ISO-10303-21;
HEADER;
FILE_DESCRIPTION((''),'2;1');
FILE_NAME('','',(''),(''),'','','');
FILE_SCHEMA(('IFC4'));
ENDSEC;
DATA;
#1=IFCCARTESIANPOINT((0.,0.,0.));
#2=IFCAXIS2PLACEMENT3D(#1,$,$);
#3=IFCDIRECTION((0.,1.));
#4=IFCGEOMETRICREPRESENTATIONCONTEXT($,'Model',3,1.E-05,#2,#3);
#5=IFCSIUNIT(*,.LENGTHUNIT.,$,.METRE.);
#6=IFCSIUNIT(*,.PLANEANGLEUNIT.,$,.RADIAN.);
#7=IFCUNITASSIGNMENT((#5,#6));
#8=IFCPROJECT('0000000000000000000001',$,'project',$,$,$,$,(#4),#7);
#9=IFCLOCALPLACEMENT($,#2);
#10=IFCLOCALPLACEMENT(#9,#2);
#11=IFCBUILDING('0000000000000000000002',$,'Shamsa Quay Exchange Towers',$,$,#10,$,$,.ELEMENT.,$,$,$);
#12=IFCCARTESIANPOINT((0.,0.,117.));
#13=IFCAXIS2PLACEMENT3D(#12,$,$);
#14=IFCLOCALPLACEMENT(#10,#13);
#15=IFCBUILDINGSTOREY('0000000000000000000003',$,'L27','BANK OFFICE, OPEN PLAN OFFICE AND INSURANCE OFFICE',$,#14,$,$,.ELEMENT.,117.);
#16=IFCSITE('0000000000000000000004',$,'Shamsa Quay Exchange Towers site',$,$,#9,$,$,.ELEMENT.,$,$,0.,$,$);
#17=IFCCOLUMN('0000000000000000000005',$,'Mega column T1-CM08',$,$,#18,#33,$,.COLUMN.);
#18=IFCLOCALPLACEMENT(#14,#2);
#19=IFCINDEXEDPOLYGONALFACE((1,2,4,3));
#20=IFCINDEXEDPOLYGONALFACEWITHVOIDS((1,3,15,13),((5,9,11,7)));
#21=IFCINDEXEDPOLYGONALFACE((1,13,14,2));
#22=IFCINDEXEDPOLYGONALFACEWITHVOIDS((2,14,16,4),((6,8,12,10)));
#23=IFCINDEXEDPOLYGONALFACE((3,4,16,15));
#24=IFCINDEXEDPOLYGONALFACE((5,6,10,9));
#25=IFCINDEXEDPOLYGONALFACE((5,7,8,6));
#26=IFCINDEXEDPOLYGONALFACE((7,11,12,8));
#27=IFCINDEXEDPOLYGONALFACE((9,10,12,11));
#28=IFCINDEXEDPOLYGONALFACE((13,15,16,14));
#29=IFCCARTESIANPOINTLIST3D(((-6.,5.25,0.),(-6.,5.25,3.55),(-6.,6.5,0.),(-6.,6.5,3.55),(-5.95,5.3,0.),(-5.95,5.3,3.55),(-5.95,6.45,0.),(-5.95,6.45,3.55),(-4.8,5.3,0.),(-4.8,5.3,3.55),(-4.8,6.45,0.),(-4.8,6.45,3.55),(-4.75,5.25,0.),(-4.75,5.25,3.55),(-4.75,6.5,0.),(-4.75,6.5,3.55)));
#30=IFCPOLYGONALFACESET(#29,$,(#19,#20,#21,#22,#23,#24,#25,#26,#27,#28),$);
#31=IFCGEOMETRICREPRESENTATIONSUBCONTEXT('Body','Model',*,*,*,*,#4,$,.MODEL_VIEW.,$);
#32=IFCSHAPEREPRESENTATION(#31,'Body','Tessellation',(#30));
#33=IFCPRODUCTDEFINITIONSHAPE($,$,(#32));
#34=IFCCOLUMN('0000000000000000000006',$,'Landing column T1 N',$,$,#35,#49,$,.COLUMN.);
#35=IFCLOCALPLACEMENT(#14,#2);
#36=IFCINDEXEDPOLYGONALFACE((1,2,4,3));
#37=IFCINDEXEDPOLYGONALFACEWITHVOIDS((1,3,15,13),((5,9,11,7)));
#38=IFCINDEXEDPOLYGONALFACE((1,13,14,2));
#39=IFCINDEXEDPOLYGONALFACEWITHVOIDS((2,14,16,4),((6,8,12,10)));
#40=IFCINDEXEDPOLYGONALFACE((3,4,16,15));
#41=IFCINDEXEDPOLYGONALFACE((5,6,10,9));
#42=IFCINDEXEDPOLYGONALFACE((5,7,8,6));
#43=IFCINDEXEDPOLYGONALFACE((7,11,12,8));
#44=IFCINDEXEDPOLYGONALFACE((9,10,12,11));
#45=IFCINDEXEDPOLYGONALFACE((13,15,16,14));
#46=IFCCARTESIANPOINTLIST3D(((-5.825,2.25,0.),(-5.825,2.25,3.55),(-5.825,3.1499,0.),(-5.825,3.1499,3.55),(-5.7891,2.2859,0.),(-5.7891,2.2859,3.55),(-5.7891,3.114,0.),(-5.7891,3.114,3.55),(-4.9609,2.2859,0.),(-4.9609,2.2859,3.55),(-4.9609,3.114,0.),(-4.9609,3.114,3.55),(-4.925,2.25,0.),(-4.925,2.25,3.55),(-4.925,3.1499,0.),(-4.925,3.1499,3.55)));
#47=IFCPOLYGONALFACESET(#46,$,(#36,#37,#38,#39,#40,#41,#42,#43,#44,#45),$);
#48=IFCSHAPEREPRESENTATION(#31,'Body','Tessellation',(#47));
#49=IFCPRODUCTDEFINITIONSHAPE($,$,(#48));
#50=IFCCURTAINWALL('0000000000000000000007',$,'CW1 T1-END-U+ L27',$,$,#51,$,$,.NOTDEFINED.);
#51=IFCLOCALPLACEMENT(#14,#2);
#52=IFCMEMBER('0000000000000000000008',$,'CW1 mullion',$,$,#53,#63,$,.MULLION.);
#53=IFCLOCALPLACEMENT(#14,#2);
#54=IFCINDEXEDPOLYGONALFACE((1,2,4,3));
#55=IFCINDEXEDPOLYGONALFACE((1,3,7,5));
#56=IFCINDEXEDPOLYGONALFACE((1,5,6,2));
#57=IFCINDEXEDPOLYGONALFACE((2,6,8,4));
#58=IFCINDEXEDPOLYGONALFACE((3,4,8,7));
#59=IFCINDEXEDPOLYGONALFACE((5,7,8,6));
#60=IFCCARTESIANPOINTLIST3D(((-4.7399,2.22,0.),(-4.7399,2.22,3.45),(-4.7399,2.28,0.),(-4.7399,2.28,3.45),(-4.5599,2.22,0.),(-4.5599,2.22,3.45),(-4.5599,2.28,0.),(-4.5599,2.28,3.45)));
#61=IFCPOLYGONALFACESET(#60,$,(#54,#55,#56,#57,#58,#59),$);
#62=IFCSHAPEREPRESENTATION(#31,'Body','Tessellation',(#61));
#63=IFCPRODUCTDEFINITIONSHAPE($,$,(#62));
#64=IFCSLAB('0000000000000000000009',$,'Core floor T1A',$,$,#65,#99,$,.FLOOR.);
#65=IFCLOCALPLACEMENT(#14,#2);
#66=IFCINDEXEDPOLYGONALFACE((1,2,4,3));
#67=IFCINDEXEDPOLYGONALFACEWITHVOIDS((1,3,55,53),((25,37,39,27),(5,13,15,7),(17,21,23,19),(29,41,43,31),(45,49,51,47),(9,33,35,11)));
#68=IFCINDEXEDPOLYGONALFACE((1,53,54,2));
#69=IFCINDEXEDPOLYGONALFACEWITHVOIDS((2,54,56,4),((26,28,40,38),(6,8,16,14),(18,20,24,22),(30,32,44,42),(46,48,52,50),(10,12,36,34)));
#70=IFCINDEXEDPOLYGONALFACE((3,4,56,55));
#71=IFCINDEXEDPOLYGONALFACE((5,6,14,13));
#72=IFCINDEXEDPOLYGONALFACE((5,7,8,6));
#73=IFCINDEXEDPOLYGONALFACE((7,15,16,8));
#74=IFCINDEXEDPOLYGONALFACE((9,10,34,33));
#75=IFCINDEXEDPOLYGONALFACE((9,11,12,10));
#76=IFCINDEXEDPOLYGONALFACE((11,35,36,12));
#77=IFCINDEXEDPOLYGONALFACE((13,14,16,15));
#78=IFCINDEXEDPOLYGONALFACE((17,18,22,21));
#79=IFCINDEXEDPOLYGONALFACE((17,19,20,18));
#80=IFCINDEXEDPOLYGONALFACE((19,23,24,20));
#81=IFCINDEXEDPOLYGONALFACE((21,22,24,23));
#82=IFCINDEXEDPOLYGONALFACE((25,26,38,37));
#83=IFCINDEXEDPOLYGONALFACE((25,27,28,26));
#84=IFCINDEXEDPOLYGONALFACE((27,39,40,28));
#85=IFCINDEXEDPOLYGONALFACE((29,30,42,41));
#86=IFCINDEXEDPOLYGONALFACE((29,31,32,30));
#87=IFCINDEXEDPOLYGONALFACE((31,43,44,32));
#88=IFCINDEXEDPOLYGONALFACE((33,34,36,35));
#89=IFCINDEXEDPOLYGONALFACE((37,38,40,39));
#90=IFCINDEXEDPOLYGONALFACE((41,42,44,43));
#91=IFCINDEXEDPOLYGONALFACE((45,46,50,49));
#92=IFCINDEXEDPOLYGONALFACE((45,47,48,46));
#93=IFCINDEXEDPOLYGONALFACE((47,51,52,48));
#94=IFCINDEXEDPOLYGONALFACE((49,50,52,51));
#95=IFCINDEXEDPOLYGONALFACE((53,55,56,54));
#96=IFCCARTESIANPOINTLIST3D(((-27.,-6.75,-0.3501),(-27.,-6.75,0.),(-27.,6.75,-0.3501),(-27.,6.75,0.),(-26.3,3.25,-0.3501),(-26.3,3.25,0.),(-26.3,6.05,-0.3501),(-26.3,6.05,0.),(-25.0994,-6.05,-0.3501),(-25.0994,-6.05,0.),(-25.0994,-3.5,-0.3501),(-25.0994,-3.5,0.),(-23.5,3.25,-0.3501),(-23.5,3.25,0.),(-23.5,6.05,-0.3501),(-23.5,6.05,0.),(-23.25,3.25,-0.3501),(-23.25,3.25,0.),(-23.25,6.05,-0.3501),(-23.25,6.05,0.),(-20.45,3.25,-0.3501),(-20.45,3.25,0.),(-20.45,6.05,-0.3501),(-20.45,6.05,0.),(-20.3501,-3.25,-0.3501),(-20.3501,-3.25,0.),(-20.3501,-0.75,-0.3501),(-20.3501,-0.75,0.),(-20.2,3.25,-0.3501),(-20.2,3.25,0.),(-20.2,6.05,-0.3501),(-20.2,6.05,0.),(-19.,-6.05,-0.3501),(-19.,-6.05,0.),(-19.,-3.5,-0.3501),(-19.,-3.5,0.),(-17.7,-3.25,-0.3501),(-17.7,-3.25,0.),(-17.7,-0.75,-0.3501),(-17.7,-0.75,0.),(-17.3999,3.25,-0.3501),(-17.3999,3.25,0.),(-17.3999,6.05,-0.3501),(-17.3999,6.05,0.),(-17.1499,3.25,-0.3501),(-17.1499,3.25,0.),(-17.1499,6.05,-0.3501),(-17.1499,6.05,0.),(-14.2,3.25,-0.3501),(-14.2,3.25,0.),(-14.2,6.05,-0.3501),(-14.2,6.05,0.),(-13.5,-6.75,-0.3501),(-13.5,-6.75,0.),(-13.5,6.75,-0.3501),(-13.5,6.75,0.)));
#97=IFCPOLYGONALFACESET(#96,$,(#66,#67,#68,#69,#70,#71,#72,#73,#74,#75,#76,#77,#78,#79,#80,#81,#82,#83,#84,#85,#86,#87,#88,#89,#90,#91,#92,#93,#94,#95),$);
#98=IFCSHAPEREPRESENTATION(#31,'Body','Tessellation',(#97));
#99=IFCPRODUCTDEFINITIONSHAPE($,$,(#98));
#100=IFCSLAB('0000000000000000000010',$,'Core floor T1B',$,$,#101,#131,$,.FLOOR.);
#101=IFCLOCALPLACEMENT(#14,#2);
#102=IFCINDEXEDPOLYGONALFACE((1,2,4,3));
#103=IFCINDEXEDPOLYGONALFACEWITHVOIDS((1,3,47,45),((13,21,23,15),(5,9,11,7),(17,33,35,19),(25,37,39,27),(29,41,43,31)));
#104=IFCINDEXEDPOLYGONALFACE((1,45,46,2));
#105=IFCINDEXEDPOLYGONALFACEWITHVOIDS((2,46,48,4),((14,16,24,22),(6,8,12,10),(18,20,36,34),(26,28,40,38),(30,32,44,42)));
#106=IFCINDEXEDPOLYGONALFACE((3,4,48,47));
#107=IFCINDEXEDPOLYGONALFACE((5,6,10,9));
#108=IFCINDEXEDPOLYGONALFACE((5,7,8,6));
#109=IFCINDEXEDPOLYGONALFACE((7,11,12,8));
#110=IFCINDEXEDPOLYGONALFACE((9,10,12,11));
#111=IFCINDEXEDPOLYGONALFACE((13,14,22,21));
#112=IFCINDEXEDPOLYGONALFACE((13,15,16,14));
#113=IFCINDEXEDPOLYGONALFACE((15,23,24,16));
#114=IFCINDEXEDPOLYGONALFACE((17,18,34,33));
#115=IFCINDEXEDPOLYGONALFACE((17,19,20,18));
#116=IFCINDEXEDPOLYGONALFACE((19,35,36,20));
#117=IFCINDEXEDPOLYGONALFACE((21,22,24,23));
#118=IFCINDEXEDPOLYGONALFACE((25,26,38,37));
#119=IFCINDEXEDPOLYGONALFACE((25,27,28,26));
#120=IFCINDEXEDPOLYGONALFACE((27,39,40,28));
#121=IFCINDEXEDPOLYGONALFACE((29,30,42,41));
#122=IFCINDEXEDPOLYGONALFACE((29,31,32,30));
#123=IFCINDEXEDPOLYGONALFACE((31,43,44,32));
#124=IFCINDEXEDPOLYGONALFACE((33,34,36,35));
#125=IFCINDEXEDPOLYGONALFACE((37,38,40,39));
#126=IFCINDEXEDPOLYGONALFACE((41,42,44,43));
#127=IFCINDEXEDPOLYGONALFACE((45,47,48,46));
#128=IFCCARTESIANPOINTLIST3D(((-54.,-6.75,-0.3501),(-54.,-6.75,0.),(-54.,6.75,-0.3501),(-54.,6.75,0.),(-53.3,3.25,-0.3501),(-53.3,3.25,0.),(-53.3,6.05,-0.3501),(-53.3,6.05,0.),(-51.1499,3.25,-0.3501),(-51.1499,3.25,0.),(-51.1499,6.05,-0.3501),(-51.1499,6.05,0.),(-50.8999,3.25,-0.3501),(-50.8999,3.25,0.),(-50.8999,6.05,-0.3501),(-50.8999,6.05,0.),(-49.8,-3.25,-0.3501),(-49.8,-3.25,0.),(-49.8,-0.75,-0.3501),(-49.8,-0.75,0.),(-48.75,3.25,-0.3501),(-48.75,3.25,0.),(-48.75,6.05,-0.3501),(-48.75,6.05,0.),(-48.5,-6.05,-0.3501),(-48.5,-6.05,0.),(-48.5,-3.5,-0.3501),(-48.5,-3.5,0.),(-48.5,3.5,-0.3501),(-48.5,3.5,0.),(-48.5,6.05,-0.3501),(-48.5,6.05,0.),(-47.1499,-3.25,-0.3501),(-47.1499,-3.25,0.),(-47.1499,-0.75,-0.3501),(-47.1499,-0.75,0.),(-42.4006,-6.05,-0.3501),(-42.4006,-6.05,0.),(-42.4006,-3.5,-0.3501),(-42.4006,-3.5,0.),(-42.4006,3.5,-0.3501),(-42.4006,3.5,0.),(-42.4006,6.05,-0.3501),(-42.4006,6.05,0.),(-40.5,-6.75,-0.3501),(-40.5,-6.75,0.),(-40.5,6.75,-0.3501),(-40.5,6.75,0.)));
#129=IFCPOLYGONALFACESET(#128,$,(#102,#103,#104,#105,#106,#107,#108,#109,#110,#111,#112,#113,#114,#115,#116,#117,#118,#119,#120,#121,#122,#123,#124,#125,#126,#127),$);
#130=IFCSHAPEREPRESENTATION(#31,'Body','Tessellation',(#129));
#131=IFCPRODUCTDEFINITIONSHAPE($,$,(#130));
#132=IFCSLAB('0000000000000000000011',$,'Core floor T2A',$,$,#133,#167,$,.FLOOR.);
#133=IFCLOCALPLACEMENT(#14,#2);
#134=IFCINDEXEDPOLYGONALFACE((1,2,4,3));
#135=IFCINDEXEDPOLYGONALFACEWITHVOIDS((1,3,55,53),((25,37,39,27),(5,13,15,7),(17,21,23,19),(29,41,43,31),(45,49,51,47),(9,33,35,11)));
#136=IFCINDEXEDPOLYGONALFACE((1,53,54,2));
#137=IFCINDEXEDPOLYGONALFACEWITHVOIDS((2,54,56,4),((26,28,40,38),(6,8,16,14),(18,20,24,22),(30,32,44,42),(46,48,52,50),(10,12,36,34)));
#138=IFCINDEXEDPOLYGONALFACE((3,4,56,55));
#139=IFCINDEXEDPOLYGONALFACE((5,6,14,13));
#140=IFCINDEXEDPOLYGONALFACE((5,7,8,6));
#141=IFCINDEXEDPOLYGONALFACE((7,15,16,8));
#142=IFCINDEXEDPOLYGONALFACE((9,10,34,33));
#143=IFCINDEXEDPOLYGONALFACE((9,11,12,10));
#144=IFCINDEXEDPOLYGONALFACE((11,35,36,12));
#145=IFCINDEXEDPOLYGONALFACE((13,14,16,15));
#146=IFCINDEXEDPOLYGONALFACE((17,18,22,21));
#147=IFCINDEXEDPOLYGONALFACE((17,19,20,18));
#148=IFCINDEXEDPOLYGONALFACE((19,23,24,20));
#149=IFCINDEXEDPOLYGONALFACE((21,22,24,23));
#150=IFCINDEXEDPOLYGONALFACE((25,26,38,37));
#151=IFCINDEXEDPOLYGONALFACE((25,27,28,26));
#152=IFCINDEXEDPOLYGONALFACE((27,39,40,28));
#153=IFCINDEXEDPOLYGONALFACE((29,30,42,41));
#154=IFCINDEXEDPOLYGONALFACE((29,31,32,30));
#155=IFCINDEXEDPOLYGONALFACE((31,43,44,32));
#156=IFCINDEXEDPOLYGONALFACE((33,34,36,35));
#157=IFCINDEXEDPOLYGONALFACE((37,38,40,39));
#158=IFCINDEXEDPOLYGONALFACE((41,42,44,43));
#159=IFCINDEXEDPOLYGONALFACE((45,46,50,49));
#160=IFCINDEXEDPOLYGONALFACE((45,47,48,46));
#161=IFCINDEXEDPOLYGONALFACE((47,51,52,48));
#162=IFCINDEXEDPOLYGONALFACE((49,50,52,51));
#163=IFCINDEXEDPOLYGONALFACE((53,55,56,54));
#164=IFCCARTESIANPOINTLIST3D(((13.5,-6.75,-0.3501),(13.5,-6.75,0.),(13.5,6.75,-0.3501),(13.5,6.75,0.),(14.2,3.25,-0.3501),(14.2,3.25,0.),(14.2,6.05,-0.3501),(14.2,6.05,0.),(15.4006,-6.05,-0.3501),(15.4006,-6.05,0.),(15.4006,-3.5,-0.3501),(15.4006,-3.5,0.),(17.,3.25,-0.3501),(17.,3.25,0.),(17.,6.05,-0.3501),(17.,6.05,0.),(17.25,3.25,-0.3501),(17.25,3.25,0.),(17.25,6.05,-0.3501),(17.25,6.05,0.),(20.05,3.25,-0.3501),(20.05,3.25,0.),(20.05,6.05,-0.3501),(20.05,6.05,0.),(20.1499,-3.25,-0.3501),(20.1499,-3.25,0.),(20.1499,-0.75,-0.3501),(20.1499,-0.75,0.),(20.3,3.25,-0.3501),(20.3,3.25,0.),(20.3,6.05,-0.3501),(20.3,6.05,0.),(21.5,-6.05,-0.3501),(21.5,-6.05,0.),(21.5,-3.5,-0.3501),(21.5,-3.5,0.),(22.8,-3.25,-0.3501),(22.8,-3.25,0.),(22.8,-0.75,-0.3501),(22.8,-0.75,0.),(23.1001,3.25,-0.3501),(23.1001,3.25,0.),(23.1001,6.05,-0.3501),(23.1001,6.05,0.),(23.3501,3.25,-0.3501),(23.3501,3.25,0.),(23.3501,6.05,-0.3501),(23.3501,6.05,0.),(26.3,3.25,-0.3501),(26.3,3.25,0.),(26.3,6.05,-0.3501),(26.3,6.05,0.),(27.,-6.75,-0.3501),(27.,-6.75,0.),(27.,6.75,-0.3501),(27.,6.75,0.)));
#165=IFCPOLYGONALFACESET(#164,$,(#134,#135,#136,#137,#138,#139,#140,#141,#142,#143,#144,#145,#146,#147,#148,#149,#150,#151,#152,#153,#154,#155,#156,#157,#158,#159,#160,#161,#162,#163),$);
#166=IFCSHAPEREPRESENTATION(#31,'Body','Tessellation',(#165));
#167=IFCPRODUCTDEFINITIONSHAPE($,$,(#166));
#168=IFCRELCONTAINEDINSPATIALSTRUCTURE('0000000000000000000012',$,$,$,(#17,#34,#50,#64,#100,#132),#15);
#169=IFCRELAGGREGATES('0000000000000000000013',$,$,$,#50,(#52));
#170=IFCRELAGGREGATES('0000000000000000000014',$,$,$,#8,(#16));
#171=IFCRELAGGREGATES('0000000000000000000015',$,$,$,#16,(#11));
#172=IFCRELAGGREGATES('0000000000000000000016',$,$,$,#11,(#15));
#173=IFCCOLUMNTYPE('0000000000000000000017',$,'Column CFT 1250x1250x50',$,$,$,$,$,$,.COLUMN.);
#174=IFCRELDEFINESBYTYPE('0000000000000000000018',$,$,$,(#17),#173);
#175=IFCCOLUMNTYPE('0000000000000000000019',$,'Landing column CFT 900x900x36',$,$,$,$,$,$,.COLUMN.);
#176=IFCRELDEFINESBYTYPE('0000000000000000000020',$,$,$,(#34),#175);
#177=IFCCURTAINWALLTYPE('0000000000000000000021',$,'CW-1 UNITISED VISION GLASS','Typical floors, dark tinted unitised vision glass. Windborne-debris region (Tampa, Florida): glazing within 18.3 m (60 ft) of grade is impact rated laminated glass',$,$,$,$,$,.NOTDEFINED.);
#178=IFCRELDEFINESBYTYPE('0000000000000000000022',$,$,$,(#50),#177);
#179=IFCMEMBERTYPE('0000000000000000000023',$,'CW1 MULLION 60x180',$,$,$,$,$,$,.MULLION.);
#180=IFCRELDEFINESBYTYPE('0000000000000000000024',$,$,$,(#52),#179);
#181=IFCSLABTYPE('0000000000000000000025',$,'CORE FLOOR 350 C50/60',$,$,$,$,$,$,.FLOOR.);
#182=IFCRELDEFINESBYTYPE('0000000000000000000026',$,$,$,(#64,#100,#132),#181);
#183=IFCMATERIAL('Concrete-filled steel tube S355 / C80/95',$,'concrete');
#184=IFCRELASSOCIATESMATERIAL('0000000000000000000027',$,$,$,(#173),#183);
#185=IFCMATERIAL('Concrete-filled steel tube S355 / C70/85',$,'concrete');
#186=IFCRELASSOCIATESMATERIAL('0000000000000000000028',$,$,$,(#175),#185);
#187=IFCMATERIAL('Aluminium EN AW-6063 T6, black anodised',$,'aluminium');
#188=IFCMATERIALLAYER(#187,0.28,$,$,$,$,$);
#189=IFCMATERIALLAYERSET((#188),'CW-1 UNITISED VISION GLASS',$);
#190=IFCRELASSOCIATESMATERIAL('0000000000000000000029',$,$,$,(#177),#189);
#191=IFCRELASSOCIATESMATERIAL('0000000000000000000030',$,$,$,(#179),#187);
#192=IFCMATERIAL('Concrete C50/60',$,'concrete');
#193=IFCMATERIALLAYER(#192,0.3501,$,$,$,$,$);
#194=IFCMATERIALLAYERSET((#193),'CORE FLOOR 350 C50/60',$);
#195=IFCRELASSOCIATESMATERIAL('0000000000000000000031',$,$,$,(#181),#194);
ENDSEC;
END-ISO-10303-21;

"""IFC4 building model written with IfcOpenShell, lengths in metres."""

from ifc_helpers import new_model, si_unit, direction, frame, origin, origin_2d, place, context, subcontext, project, spatial, polyline, rectangle, hollow_rectangle, outline, extrude, material, layer, layer_set, material_profile, profile_set, type_object, element, aggregate, save


model = new_model("IFC4")

# Units and contexts
model_context = context("Model", 3, precision=1e-05, world=origin(), true_north=direction((0.0, 1.0)))
body_context = subcontext(model_context, "Body", "Model", "MODEL_VIEW")
ifc_project = project(units=[si_unit("LENGTHUNIT", "METRE"), si_unit("PLANEANGLEUNIT", "RADIAN")], contexts=[model_context])

# Site, building, storey
site_placement = place(None, origin())
site = spatial("IfcSite", under=ifc_project, at=site_placement, Name="Shamsa Quay Exchange Towers site", CompositionType="ELEMENT", RefElevation=0.0)
building_placement = place(site_placement, origin())
building = spatial("IfcBuilding", under=site, at=building_placement, Name="Shamsa Quay Exchange Towers", CompositionType="ELEMENT")
storey_placement = place(building_placement, frame((0.0, 0.0, 117.0)))
storey = spatial("IfcBuildingStorey", under=building, at=storey_placement, Name="L27", Description="BANK OFFICE, OPEN PLAN OFFICE AND INSURANCE OFFICE", CompositionType="ELEMENT", Elevation=117.0)

# Columns
ifc_material_1 = material(Name="Concrete-filled steel tube S355 / C80/95", Category="concrete")
ifc_material_profile_1 = material_profile(ifc_material_1, hollow_rectangle(XDim=1.25, YDim=1.25, WallThickness=0.05, at=origin_2d()), Name="CFT 1250x1250x50")
ifc_profile_set_1 = profile_set([ifc_material_profile_1], Name="Concrete-filled steel tube S355 / C80/95")
column_type_1 = type_object("IfcColumnType", Name="Column CFT 1250x1250x50", PredefinedType="COLUMN", material=ifc_profile_set_1)
column_1_placement = place(storey_placement, frame((-5.375, 5.875, 0.0)))
element("IfcColumn", 1, at=column_1_placement, inside=storey, type_object=column_type_1, Name="Mega column T1-CM08", PredefinedType="COLUMN", context=body_context, shape_type="SweptSolid", body=[
    extrude(hollow_rectangle(XDim=1.25, YDim=1.25, WallThickness=0.05, at=origin_2d()), origin(), (0.0, 0.0, 1.0), 3.55),
])
ifc_material_2 = material(Name="Concrete-filled steel tube S355 / C70/85", Category="concrete")
ifc_material_profile_2 = material_profile(ifc_material_2, hollow_rectangle(XDim=0.8999, YDim=0.8999, WallThickness=0.0359, at=origin_2d()), Name="CFT 900x900x36")
ifc_profile_set_2 = profile_set([ifc_material_profile_2], Name="Concrete-filled steel tube S355 / C70/85")
column_type_2 = type_object("IfcColumnType", Name="Landing column CFT 900x900x36", PredefinedType="COLUMN", material=ifc_profile_set_2)
column_2_placement = place(storey_placement, frame((-5.375, 2.7, 0.0)))
element("IfcColumn", 2, at=column_2_placement, inside=storey, type_object=column_type_2, Name="Landing column T1 N", PredefinedType="COLUMN", context=body_context, shape_type="SweptSolid", body=[
    extrude(hollow_rectangle(XDim=0.8999, YDim=0.8999, WallThickness=0.0359, at=origin_2d()), origin(), (0.0, 0.0, 1.0), 3.55),
])

# Curtain wall, member
ifc_material_3 = material(Name="Aluminium EN AW-6063 T6, black anodised", Category="aluminium")
ifc_layer_1 = layer(ifc_material_3, 0.28)
ifc_layer_set_1 = layer_set([ifc_layer_1], Name="CW-1 UNITISED VISION GLASS")
curtain_wall_type = type_object("IfcCurtainWallType", Name="CW-1 UNITISED VISION GLASS", Description="Typical floors, dark tinted unitised vision glass. Windborne-debris region (Tampa, Florida): glazing within 18.3 m (60 ft) of grade is impact rated laminated glass", PredefinedType="NOTDEFINED", material=ifc_layer_set_1)
curtain_wall_1_placement = place(storey_placement, origin())
curtain_wall_1 = element("IfcCurtainWall", 3, at=curtain_wall_1_placement, inside=storey, type_object=curtain_wall_type, Name="CW1 T1-END-U+ L27", PredefinedType="NOTDEFINED")
ifc_material_profile_3 = material_profile(ifc_material_3, rectangle(XDim=0.1799, YDim=0.0601, at=origin_2d()), Name="MU60x180")
ifc_profile_set_3 = profile_set([ifc_material_profile_3], Name="Aluminium EN AW-6063 T6, black anodised")
member_type = type_object("IfcMemberType", Name="CW1 MULLION 60x180", PredefinedType="MULLION", material=ifc_profile_set_3)
member_placement = place(storey_placement, frame((-4.6499, 2.25, 0.0), z_axis=(0.0, 0.0, 1.0), x_axis=(-1.0, 0.0, 0.0)))
member = element("IfcMember", 4, at=member_placement, type_object=member_type, Name="CW1 mullion", PredefinedType="MULLION", context=body_context, shape_type="SweptSolid", body=[
    extrude(rectangle(XDim=0.1799, YDim=0.0601, at=origin_2d()), origin(), (0.0, 0.0, 1.0), 3.45),
])

# Slabs
ifc_material_4 = material(Name="Concrete C50/60", Category="concrete")
ifc_layer_2 = layer(ifc_material_4, 0.3501)
ifc_layer_set_2 = layer_set([ifc_layer_2], Name="CORE FLOOR 350 C50/60")
slab_type_1 = type_object("IfcSlabType", Name="CORE FLOOR 350 C50/60", PredefinedType="FLOOR", material=ifc_layer_set_2)
slab_1_placement = place(storey_placement, frame((0.0, 0.0, -0.3501)))
element("IfcSlab", 5, at=slab_1_placement, inside=storey, type_object=slab_type_1, Name="Core floor T1A", PredefinedType="FLOOR", context=body_context, shape_type="SweptSolid", body=[
    extrude(outline(polyline([(-27.0, -6.75), (-13.5, -6.75), (-13.5, 6.75), (-27.0, 6.75), (-27.0, -6.75)]), holes=[polyline([(-25.0994, -6.05), (-25.0994, -3.5), (-19.0, -3.5), (-19.0, -6.05), (-25.0994, -6.05)]), polyline([(-26.3, 3.25), (-26.3, 6.05), (-23.5, 6.05), (-23.5, 3.25), (-26.3, 3.25)]), polyline([(-23.25, 3.25), (-23.25, 6.05), (-20.45, 6.05), (-20.45, 3.25), (-23.25, 3.25)]), polyline([(-20.2, 3.25), (-20.2, 6.05), (-17.3999, 6.05), (-17.3999, 3.25), (-20.2, 3.25)]), polyline([(-17.1499, 3.25), (-17.1499, 6.05), (-14.2, 6.05), (-14.2, 3.25), (-17.1499, 3.25)]), polyline([(-20.3501, -3.25), (-20.3501, -0.75), (-17.7, -0.75), (-17.7, -3.25), (-20.3501, -3.25)])]), origin(), (0.0, 0.0, 1.0), 0.3501),
])
slab_2_placement = place(storey_placement, frame((0.0, 0.0, -0.3501)))
element("IfcSlab", 6, at=slab_2_placement, inside=storey, type_object=slab_type_1, Name="Core floor T1B", PredefinedType="FLOOR", context=body_context, shape_type="SweptSolid", body=[
    extrude(outline(polyline([(-40.5, -6.75), (-40.5, 6.75), (-54.0, 6.75), (-54.0, -6.75), (-40.5, -6.75)]), holes=[polyline([(-42.4006, -3.5), (-42.4006, -6.05), (-48.5, -6.05), (-48.5, -3.5), (-42.4006, -3.5)]), polyline([(-42.4006, 6.05), (-42.4006, 3.5), (-48.5, 3.5), (-48.5, 6.05), (-42.4006, 6.05)]), polyline([(-48.75, 3.25), (-50.8999, 3.25), (-50.8999, 6.05), (-48.75, 6.05), (-48.75, 3.25)]), polyline([(-51.1499, 3.25), (-53.3, 3.25), (-53.3, 6.05), (-51.1499, 6.05), (-51.1499, 3.25)]), polyline([(-47.1499, -3.25), (-49.8, -3.25), (-49.8, -0.75), (-47.1499, -0.75), (-47.1499, -3.25)])]), origin(), (0.0, 0.0, 1.0), 0.3501),
])
slab_3_placement = place(storey_placement, frame((0.0, 0.0, -0.3501)))
element("IfcSlab", 7, at=slab_3_placement, inside=storey, type_object=slab_type_1, Name="Core floor T2A", PredefinedType="FLOOR", context=body_context, shape_type="SweptSolid", body=[
    extrude(outline(polyline([(13.5, -6.75), (27.0, -6.75), (27.0, 6.75), (13.5, 6.75), (13.5, -6.75)]), holes=[polyline([(15.4006, -6.05), (15.4006, -3.5), (21.5, -3.5), (21.5, -6.05), (15.4006, -6.05)]), polyline([(14.2, 3.25), (14.2, 6.05), (17.0, 6.05), (17.0, 3.25), (14.2, 3.25)]), polyline([(17.25, 3.25), (17.25, 6.05), (20.05, 6.05), (20.05, 3.25), (17.25, 3.25)]), polyline([(20.3, 3.25), (20.3, 6.05), (23.1001, 6.05), (23.1001, 3.25), (20.3, 3.25)]), polyline([(23.3501, 3.25), (23.3501, 6.05), (26.3, 6.05), (26.3, 3.25), (23.3501, 3.25)]), polyline([(20.1499, -3.25), (20.1499, -0.75), (22.8, -0.75), (22.8, -3.25), (20.1499, -3.25)])]), origin(), (0.0, 0.0, 1.0), 0.3501),
])

aggregate(curtain_wall_1, [member])

save(model, "model.ifc")
